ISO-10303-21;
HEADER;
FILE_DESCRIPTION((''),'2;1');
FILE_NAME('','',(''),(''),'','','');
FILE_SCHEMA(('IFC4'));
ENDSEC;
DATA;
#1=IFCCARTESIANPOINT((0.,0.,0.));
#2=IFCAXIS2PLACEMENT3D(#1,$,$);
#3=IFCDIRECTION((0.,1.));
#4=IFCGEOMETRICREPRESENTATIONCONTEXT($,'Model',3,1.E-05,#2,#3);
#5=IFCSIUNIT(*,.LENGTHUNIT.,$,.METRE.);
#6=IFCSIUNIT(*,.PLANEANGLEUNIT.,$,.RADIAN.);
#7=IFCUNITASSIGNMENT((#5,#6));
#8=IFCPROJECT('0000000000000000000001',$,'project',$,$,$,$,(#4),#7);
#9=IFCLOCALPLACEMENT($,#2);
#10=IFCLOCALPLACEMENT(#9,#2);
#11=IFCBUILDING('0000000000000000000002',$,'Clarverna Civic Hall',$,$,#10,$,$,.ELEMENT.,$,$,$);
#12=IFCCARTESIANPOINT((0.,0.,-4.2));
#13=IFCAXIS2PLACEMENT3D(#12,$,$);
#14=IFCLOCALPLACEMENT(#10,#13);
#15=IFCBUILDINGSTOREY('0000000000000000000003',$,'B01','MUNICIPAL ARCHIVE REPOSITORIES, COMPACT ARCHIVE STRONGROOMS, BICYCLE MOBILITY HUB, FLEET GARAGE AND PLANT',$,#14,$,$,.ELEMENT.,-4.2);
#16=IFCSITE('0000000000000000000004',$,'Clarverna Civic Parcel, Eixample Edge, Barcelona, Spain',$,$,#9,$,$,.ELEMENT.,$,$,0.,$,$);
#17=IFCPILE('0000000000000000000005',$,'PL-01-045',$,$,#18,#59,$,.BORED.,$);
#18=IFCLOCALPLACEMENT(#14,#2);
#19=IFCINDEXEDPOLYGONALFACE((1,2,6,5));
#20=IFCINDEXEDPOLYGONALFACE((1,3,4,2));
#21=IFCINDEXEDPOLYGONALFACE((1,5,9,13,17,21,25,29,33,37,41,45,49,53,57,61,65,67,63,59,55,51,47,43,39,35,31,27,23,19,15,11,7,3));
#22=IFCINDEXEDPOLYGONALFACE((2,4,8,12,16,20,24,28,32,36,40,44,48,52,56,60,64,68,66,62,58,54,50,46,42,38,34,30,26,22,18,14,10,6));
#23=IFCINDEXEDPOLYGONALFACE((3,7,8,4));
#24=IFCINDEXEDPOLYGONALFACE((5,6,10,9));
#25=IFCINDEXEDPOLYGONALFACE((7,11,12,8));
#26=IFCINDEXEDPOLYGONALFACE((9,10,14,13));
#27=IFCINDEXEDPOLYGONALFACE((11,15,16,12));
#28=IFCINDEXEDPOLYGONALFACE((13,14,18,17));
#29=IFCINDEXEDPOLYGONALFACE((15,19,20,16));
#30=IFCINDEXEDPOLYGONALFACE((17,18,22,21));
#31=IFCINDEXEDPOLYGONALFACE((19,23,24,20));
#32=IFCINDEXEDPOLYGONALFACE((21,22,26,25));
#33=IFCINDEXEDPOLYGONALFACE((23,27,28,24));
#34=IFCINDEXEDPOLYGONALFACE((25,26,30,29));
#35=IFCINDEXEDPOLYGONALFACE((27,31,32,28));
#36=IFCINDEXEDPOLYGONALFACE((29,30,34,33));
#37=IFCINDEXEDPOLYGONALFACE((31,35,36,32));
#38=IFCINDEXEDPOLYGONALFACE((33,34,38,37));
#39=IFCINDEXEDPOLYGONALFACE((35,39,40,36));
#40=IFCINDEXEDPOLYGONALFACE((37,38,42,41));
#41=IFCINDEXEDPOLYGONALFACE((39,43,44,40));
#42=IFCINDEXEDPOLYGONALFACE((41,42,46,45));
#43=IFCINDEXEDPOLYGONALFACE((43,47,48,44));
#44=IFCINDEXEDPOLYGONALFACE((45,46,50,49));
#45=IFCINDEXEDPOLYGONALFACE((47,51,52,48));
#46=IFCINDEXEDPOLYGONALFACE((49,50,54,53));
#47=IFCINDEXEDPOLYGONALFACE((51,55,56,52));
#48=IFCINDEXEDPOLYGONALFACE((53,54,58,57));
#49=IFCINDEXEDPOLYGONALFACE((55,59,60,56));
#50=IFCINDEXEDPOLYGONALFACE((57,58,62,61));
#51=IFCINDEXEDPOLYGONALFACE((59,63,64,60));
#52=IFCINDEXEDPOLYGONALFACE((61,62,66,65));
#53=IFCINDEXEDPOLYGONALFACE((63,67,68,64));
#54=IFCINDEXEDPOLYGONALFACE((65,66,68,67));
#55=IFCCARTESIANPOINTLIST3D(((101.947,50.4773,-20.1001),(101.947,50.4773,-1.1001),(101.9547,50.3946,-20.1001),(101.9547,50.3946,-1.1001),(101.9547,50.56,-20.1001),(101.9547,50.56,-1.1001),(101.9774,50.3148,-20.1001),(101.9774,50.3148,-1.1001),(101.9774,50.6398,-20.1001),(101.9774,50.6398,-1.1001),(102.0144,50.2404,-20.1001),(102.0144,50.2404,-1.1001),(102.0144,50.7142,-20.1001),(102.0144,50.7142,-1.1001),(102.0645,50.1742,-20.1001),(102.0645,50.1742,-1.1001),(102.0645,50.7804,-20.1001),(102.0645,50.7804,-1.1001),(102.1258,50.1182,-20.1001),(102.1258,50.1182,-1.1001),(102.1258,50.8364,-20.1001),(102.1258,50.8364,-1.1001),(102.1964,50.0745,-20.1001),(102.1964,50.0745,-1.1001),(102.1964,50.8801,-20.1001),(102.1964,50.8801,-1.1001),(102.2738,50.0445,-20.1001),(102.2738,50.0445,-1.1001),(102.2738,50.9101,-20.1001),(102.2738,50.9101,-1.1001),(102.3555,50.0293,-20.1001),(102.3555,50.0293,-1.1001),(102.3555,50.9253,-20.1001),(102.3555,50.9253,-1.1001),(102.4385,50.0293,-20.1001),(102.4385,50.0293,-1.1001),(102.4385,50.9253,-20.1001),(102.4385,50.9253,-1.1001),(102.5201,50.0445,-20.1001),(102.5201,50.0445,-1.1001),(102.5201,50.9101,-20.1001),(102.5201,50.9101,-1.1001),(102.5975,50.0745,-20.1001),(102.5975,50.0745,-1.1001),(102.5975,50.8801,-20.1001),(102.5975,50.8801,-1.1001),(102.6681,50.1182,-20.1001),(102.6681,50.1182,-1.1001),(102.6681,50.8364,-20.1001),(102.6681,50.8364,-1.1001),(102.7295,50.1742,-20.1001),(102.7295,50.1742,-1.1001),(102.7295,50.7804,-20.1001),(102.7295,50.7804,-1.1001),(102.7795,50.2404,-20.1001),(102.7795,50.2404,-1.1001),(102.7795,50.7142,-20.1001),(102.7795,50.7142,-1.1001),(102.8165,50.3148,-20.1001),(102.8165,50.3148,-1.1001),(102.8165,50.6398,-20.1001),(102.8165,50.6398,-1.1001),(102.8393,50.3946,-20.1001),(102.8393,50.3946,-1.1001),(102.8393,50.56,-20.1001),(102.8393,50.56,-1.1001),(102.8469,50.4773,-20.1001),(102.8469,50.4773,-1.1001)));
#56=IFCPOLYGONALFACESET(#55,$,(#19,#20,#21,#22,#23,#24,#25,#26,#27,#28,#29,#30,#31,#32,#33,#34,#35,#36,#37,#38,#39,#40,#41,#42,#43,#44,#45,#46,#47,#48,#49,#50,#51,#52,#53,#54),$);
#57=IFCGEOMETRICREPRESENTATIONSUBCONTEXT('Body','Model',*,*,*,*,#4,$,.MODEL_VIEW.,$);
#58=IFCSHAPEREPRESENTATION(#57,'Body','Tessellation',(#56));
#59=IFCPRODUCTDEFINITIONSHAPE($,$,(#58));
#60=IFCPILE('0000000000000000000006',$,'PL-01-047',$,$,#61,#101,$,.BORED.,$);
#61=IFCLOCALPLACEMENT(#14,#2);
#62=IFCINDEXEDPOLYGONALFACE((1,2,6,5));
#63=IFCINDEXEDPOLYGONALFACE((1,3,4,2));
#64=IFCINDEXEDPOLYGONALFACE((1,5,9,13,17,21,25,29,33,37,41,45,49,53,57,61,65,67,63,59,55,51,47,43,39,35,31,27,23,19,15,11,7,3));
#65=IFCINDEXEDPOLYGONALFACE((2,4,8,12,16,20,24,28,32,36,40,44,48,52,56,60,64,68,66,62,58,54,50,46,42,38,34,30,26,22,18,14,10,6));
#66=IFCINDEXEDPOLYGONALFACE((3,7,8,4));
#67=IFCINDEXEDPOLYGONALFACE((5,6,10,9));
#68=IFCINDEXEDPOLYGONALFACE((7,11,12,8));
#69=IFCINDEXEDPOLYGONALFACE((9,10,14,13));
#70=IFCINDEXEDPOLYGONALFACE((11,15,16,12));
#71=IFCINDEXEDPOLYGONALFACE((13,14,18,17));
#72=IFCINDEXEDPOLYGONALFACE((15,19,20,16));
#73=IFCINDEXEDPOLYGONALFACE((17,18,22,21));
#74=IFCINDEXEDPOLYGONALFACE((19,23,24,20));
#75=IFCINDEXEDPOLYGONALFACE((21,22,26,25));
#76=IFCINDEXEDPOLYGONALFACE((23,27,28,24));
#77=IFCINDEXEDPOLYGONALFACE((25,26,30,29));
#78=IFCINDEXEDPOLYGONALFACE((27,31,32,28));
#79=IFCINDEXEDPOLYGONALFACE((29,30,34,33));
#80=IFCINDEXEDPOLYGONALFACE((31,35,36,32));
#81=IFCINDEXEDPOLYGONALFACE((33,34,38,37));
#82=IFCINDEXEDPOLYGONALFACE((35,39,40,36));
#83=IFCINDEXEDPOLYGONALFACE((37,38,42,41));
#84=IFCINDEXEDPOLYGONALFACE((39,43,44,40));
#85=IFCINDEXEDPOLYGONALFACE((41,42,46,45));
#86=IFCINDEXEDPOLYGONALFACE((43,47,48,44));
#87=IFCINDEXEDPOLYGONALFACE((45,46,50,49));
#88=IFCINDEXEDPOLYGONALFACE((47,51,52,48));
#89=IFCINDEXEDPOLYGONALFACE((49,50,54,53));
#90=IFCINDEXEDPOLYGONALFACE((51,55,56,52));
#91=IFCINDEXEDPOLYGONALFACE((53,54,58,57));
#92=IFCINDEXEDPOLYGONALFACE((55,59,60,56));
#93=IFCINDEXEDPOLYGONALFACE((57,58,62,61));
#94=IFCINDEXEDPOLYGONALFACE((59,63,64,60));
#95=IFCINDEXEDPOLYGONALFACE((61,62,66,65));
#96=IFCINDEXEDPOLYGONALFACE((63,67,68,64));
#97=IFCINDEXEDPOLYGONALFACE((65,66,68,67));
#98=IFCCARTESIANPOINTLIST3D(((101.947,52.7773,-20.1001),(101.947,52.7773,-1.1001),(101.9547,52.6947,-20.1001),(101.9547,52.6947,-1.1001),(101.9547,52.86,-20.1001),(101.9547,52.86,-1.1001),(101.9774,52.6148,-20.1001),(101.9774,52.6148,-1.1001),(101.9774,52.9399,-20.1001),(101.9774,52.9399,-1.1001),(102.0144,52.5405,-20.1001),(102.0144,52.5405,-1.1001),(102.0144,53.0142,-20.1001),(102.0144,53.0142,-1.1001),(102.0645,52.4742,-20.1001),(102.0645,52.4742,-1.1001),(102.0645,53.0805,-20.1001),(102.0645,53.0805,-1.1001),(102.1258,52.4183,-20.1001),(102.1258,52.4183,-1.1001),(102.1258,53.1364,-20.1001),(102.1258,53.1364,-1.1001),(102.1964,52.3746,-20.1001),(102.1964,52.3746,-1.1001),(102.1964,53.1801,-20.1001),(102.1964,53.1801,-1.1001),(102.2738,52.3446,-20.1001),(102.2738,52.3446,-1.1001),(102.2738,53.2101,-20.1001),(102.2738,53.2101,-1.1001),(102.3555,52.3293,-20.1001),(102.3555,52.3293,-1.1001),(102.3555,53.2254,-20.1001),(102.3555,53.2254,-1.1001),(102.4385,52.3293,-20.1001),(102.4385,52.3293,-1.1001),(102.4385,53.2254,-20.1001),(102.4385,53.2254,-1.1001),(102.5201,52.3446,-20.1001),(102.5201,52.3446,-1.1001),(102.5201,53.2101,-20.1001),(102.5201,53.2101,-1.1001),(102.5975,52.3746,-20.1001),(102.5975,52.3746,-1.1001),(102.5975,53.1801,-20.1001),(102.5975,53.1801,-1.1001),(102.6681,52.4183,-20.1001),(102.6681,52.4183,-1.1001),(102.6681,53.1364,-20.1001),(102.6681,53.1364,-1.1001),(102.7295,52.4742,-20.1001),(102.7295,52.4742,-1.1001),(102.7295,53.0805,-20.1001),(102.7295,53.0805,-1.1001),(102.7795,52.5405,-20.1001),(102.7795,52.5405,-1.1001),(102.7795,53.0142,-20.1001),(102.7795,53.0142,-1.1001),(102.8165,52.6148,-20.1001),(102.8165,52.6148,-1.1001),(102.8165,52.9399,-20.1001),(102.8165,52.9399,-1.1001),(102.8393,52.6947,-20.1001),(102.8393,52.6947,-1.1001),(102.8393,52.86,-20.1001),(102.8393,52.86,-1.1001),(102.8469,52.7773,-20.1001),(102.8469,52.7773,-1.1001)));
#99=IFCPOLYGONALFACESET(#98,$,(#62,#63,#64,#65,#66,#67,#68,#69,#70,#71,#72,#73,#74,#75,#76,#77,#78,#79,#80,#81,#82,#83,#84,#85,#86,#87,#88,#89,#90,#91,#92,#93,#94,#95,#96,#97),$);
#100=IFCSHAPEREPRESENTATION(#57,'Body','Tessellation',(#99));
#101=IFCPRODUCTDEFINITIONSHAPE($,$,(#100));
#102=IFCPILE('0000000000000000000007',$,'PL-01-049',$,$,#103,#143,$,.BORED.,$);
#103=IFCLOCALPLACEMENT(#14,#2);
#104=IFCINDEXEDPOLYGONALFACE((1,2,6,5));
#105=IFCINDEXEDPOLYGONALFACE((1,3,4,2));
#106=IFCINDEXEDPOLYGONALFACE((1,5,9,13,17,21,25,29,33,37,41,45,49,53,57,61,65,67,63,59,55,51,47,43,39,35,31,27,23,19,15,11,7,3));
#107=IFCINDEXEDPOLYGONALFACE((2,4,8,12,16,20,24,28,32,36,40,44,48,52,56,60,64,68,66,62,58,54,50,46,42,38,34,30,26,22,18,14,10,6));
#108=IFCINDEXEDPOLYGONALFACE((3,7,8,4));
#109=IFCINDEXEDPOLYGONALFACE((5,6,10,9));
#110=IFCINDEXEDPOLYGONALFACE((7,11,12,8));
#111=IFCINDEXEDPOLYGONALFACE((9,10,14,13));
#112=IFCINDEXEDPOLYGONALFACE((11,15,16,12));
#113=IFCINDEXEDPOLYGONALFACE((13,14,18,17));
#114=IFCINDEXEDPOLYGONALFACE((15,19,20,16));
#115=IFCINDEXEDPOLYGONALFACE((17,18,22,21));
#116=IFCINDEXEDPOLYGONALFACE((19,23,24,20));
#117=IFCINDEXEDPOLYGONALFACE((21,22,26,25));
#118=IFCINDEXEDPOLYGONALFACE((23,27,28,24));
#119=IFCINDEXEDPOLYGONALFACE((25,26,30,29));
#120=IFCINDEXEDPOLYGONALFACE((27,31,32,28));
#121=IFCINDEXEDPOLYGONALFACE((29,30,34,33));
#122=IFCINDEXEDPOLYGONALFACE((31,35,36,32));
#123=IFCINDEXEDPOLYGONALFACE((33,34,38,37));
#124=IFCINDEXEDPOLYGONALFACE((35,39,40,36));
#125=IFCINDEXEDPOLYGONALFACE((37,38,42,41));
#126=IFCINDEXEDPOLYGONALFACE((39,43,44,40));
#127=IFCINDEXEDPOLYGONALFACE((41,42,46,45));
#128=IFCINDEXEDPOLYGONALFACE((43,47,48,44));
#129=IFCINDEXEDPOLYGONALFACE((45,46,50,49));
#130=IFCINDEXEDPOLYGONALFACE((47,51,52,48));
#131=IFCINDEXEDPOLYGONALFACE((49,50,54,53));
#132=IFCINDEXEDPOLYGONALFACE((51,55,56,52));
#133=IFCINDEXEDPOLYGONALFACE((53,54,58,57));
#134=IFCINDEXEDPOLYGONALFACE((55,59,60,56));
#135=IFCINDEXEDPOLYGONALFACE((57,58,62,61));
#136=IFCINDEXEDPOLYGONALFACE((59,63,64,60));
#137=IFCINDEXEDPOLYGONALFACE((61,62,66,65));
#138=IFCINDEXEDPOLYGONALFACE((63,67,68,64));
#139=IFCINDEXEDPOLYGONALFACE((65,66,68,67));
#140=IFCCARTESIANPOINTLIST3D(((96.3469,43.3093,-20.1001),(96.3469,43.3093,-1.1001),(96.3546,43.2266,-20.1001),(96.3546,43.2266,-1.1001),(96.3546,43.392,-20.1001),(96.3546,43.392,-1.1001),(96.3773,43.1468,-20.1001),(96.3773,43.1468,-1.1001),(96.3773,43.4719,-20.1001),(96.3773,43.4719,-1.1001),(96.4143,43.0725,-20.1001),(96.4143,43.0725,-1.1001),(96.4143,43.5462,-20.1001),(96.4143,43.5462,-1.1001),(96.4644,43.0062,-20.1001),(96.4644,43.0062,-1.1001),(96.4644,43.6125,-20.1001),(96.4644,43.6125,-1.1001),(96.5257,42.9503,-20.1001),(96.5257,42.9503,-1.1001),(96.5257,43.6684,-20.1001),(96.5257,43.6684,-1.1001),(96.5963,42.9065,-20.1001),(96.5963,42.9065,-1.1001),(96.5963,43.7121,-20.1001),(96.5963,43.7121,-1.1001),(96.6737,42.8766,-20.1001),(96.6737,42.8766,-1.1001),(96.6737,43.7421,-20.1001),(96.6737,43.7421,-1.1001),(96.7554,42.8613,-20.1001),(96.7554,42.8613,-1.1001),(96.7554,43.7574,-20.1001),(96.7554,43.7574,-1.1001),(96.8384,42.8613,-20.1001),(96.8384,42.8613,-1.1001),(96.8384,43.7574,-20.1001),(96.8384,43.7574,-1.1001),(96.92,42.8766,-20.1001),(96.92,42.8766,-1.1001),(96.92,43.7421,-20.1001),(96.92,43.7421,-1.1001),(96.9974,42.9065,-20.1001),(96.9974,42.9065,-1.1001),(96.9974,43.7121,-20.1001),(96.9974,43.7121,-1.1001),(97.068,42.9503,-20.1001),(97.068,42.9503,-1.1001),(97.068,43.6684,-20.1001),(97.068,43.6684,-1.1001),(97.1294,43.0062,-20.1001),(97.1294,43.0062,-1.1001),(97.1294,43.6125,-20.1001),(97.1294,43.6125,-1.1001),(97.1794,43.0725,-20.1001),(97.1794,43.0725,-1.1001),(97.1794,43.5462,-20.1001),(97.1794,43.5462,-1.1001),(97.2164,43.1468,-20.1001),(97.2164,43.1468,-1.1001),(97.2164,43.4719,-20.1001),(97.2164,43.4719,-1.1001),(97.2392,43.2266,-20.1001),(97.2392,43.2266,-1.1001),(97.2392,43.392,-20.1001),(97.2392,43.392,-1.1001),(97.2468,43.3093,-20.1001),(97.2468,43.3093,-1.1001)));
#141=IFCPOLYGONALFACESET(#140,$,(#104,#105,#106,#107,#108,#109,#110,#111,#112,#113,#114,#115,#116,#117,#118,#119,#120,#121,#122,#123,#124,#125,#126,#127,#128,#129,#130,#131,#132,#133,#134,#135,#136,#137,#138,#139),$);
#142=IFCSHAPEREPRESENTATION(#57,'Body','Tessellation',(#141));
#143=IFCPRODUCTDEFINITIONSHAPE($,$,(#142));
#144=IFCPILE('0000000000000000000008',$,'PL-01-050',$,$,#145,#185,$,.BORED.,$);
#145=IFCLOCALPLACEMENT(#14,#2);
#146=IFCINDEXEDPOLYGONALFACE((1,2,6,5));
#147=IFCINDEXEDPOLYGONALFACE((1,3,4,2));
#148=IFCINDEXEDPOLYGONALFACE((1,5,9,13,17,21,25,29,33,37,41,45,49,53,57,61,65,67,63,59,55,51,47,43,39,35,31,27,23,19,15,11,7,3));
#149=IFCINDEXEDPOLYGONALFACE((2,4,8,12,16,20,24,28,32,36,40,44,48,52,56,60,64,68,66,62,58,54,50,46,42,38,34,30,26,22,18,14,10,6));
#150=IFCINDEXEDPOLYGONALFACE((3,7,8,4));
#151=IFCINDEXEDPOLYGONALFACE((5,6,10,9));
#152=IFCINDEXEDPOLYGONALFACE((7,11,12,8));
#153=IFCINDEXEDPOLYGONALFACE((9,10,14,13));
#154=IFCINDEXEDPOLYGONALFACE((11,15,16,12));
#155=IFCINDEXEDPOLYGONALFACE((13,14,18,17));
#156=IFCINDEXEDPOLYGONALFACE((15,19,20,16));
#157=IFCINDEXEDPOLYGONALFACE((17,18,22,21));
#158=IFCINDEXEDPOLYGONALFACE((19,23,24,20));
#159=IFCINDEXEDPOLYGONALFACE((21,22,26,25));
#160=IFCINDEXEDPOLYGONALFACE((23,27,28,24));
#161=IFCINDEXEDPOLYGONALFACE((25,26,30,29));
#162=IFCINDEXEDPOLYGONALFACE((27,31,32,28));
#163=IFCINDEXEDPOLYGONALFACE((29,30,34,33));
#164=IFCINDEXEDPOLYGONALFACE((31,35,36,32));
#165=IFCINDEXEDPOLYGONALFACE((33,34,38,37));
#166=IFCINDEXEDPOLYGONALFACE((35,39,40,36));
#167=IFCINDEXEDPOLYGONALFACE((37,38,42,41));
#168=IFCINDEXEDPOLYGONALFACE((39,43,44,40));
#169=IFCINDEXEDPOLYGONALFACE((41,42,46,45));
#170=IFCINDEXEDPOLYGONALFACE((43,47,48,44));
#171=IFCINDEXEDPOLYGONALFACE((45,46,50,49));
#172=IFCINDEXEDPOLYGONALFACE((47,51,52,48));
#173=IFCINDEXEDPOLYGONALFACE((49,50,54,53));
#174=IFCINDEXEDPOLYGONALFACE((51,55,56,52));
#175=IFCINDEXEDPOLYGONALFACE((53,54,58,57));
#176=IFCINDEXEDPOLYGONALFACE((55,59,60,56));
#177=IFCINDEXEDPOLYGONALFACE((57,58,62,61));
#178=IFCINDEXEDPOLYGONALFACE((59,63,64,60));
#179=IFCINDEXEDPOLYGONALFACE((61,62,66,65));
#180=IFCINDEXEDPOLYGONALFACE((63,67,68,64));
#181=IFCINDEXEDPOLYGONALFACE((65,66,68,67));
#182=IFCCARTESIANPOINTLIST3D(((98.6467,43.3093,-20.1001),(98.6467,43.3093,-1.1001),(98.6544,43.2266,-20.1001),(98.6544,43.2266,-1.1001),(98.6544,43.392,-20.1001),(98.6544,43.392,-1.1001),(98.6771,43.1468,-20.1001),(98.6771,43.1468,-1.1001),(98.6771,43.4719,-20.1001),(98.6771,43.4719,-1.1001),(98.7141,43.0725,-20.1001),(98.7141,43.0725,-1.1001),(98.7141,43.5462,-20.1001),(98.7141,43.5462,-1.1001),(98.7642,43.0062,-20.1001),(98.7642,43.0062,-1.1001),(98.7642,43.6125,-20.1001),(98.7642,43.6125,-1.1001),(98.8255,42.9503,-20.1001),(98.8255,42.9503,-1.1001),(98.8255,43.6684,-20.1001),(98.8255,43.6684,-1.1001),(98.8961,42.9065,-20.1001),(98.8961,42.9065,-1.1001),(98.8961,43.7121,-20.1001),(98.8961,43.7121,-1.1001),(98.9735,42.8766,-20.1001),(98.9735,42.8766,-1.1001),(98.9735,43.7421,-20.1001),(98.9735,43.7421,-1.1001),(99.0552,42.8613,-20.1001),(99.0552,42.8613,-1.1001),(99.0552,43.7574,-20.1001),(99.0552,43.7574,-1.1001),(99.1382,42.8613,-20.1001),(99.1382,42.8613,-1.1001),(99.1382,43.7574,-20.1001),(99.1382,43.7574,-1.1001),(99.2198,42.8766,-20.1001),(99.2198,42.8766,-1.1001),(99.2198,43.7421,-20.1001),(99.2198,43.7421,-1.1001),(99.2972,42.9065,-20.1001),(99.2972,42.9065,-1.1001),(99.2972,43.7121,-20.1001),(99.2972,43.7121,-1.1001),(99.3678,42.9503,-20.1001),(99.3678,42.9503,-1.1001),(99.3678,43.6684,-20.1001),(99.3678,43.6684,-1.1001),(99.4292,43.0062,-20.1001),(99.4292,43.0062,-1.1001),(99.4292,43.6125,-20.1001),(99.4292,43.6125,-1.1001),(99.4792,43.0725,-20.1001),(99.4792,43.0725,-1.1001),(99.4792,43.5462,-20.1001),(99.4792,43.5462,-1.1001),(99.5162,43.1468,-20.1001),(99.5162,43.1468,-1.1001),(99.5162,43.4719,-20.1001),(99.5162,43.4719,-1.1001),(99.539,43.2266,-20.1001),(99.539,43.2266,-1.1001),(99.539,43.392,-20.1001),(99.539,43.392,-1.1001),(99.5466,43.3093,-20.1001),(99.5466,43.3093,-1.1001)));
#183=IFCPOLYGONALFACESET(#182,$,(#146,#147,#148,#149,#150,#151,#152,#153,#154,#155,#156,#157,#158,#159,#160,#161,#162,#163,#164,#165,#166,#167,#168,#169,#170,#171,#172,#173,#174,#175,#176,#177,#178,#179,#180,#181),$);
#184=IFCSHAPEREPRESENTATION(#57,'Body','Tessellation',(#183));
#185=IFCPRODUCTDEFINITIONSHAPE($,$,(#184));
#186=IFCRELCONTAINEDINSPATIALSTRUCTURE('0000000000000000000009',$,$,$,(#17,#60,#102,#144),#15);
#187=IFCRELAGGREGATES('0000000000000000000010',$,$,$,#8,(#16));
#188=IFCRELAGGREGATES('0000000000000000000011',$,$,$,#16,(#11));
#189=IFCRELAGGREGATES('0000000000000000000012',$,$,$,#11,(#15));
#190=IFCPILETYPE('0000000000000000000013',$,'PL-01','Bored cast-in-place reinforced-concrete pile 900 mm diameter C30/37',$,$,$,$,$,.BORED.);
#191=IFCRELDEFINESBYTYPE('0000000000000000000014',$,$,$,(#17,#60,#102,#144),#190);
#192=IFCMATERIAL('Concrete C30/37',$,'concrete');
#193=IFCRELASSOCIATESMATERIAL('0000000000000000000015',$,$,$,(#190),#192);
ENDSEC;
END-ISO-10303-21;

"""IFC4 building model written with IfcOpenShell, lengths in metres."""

from ifc_helpers import new_model, si_unit, direction, frame, origin, origin_2d, place, context, subcontext, project, spatial, circle, extrude, material, material_profile, profile_set, type_object, element, save


model = new_model("IFC4")

# Units and contexts
model_context = context("Model", 3, precision=1e-05, world=origin(), true_north=direction((0.0, 1.0)))
body_context = subcontext(model_context, "Body", "Model", "MODEL_VIEW")
ifc_project = project(units=[si_unit("LENGTHUNIT", "METRE"), si_unit("PLANEANGLEUNIT", "RADIAN")], contexts=[model_context])

# Site, building, storey
site_placement = place(None, origin())
site = spatial("IfcSite", under=ifc_project, at=site_placement, Name="Clarverna Civic Parcel, Eixample Edge, Barcelona, Spain", CompositionType="ELEMENT", RefElevation=0.0)
building_placement = place(site_placement, origin())
building = spatial("IfcBuilding", under=site, at=building_placement, Name="Clarverna Civic Hall", CompositionType="ELEMENT")
storey_placement = place(building_placement, frame((0.0, 0.0, -4.2)))
storey = spatial("IfcBuildingStorey", under=building, at=storey_placement, Name="B01", Description="MUNICIPAL ARCHIVE REPOSITORIES, COMPACT ARCHIVE STRONGROOMS, BICYCLE MOBILITY HUB, FLEET GARAGE AND PLANT", CompositionType="ELEMENT", Elevation=-4.2)

# Shared definitions
ifc_material_1 = material(Name="Concrete C30/37", Category="concrete")

# Piles
ifc_material_profile_1 = material_profile(ifc_material_1, circle(Radius=0.45, at=origin_2d()), Name="BORED PILE D900")
ifc_profile_set_1 = profile_set([ifc_material_profile_1], Name="Concrete C30/37")
pile_type = type_object("IfcPileType", Name="PL-01", Description="Bored cast-in-place reinforced-concrete pile 900 mm diameter C30/37", PredefinedType="BORED", material=ifc_profile_set_1)
for number, where, z_axis, x_axis, name in (
    (1, (102.397, 50.4773, -1.1001), (0.0, 0.0, -1.0), (1.0, 0.0, 0.0), "PL-01-045"),
    (2, (102.397, 52.7773, -1.1001), (0.0, 0.0, -1.0), (1.0, 0.0, 0.0), "PL-01-047"),
    (3, (96.7969, 43.3093, -1.1001), (0.0, 0.0, -1.0), (1.0, 0.0, 0.0), "PL-01-049"),
    (4, (99.0967, 43.3093, -1.1001), (0.0, 0.0, -1.0), (1.0, 0.0, 0.0), "PL-01-050"),
):
    element("IfcPile", number, at=place(storey_placement, frame(where, z_axis=z_axis, x_axis=x_axis)), inside=storey, type_object=pile_type, Name=name, PredefinedType="BORED", context=body_context, shape_type="SweptSolid", body=[
        extrude(circle(Radius=0.45, at=origin_2d()), origin(), (0.0, 0.0, 1.0), 19.0),
    ])

save(model, "model.ifc")
